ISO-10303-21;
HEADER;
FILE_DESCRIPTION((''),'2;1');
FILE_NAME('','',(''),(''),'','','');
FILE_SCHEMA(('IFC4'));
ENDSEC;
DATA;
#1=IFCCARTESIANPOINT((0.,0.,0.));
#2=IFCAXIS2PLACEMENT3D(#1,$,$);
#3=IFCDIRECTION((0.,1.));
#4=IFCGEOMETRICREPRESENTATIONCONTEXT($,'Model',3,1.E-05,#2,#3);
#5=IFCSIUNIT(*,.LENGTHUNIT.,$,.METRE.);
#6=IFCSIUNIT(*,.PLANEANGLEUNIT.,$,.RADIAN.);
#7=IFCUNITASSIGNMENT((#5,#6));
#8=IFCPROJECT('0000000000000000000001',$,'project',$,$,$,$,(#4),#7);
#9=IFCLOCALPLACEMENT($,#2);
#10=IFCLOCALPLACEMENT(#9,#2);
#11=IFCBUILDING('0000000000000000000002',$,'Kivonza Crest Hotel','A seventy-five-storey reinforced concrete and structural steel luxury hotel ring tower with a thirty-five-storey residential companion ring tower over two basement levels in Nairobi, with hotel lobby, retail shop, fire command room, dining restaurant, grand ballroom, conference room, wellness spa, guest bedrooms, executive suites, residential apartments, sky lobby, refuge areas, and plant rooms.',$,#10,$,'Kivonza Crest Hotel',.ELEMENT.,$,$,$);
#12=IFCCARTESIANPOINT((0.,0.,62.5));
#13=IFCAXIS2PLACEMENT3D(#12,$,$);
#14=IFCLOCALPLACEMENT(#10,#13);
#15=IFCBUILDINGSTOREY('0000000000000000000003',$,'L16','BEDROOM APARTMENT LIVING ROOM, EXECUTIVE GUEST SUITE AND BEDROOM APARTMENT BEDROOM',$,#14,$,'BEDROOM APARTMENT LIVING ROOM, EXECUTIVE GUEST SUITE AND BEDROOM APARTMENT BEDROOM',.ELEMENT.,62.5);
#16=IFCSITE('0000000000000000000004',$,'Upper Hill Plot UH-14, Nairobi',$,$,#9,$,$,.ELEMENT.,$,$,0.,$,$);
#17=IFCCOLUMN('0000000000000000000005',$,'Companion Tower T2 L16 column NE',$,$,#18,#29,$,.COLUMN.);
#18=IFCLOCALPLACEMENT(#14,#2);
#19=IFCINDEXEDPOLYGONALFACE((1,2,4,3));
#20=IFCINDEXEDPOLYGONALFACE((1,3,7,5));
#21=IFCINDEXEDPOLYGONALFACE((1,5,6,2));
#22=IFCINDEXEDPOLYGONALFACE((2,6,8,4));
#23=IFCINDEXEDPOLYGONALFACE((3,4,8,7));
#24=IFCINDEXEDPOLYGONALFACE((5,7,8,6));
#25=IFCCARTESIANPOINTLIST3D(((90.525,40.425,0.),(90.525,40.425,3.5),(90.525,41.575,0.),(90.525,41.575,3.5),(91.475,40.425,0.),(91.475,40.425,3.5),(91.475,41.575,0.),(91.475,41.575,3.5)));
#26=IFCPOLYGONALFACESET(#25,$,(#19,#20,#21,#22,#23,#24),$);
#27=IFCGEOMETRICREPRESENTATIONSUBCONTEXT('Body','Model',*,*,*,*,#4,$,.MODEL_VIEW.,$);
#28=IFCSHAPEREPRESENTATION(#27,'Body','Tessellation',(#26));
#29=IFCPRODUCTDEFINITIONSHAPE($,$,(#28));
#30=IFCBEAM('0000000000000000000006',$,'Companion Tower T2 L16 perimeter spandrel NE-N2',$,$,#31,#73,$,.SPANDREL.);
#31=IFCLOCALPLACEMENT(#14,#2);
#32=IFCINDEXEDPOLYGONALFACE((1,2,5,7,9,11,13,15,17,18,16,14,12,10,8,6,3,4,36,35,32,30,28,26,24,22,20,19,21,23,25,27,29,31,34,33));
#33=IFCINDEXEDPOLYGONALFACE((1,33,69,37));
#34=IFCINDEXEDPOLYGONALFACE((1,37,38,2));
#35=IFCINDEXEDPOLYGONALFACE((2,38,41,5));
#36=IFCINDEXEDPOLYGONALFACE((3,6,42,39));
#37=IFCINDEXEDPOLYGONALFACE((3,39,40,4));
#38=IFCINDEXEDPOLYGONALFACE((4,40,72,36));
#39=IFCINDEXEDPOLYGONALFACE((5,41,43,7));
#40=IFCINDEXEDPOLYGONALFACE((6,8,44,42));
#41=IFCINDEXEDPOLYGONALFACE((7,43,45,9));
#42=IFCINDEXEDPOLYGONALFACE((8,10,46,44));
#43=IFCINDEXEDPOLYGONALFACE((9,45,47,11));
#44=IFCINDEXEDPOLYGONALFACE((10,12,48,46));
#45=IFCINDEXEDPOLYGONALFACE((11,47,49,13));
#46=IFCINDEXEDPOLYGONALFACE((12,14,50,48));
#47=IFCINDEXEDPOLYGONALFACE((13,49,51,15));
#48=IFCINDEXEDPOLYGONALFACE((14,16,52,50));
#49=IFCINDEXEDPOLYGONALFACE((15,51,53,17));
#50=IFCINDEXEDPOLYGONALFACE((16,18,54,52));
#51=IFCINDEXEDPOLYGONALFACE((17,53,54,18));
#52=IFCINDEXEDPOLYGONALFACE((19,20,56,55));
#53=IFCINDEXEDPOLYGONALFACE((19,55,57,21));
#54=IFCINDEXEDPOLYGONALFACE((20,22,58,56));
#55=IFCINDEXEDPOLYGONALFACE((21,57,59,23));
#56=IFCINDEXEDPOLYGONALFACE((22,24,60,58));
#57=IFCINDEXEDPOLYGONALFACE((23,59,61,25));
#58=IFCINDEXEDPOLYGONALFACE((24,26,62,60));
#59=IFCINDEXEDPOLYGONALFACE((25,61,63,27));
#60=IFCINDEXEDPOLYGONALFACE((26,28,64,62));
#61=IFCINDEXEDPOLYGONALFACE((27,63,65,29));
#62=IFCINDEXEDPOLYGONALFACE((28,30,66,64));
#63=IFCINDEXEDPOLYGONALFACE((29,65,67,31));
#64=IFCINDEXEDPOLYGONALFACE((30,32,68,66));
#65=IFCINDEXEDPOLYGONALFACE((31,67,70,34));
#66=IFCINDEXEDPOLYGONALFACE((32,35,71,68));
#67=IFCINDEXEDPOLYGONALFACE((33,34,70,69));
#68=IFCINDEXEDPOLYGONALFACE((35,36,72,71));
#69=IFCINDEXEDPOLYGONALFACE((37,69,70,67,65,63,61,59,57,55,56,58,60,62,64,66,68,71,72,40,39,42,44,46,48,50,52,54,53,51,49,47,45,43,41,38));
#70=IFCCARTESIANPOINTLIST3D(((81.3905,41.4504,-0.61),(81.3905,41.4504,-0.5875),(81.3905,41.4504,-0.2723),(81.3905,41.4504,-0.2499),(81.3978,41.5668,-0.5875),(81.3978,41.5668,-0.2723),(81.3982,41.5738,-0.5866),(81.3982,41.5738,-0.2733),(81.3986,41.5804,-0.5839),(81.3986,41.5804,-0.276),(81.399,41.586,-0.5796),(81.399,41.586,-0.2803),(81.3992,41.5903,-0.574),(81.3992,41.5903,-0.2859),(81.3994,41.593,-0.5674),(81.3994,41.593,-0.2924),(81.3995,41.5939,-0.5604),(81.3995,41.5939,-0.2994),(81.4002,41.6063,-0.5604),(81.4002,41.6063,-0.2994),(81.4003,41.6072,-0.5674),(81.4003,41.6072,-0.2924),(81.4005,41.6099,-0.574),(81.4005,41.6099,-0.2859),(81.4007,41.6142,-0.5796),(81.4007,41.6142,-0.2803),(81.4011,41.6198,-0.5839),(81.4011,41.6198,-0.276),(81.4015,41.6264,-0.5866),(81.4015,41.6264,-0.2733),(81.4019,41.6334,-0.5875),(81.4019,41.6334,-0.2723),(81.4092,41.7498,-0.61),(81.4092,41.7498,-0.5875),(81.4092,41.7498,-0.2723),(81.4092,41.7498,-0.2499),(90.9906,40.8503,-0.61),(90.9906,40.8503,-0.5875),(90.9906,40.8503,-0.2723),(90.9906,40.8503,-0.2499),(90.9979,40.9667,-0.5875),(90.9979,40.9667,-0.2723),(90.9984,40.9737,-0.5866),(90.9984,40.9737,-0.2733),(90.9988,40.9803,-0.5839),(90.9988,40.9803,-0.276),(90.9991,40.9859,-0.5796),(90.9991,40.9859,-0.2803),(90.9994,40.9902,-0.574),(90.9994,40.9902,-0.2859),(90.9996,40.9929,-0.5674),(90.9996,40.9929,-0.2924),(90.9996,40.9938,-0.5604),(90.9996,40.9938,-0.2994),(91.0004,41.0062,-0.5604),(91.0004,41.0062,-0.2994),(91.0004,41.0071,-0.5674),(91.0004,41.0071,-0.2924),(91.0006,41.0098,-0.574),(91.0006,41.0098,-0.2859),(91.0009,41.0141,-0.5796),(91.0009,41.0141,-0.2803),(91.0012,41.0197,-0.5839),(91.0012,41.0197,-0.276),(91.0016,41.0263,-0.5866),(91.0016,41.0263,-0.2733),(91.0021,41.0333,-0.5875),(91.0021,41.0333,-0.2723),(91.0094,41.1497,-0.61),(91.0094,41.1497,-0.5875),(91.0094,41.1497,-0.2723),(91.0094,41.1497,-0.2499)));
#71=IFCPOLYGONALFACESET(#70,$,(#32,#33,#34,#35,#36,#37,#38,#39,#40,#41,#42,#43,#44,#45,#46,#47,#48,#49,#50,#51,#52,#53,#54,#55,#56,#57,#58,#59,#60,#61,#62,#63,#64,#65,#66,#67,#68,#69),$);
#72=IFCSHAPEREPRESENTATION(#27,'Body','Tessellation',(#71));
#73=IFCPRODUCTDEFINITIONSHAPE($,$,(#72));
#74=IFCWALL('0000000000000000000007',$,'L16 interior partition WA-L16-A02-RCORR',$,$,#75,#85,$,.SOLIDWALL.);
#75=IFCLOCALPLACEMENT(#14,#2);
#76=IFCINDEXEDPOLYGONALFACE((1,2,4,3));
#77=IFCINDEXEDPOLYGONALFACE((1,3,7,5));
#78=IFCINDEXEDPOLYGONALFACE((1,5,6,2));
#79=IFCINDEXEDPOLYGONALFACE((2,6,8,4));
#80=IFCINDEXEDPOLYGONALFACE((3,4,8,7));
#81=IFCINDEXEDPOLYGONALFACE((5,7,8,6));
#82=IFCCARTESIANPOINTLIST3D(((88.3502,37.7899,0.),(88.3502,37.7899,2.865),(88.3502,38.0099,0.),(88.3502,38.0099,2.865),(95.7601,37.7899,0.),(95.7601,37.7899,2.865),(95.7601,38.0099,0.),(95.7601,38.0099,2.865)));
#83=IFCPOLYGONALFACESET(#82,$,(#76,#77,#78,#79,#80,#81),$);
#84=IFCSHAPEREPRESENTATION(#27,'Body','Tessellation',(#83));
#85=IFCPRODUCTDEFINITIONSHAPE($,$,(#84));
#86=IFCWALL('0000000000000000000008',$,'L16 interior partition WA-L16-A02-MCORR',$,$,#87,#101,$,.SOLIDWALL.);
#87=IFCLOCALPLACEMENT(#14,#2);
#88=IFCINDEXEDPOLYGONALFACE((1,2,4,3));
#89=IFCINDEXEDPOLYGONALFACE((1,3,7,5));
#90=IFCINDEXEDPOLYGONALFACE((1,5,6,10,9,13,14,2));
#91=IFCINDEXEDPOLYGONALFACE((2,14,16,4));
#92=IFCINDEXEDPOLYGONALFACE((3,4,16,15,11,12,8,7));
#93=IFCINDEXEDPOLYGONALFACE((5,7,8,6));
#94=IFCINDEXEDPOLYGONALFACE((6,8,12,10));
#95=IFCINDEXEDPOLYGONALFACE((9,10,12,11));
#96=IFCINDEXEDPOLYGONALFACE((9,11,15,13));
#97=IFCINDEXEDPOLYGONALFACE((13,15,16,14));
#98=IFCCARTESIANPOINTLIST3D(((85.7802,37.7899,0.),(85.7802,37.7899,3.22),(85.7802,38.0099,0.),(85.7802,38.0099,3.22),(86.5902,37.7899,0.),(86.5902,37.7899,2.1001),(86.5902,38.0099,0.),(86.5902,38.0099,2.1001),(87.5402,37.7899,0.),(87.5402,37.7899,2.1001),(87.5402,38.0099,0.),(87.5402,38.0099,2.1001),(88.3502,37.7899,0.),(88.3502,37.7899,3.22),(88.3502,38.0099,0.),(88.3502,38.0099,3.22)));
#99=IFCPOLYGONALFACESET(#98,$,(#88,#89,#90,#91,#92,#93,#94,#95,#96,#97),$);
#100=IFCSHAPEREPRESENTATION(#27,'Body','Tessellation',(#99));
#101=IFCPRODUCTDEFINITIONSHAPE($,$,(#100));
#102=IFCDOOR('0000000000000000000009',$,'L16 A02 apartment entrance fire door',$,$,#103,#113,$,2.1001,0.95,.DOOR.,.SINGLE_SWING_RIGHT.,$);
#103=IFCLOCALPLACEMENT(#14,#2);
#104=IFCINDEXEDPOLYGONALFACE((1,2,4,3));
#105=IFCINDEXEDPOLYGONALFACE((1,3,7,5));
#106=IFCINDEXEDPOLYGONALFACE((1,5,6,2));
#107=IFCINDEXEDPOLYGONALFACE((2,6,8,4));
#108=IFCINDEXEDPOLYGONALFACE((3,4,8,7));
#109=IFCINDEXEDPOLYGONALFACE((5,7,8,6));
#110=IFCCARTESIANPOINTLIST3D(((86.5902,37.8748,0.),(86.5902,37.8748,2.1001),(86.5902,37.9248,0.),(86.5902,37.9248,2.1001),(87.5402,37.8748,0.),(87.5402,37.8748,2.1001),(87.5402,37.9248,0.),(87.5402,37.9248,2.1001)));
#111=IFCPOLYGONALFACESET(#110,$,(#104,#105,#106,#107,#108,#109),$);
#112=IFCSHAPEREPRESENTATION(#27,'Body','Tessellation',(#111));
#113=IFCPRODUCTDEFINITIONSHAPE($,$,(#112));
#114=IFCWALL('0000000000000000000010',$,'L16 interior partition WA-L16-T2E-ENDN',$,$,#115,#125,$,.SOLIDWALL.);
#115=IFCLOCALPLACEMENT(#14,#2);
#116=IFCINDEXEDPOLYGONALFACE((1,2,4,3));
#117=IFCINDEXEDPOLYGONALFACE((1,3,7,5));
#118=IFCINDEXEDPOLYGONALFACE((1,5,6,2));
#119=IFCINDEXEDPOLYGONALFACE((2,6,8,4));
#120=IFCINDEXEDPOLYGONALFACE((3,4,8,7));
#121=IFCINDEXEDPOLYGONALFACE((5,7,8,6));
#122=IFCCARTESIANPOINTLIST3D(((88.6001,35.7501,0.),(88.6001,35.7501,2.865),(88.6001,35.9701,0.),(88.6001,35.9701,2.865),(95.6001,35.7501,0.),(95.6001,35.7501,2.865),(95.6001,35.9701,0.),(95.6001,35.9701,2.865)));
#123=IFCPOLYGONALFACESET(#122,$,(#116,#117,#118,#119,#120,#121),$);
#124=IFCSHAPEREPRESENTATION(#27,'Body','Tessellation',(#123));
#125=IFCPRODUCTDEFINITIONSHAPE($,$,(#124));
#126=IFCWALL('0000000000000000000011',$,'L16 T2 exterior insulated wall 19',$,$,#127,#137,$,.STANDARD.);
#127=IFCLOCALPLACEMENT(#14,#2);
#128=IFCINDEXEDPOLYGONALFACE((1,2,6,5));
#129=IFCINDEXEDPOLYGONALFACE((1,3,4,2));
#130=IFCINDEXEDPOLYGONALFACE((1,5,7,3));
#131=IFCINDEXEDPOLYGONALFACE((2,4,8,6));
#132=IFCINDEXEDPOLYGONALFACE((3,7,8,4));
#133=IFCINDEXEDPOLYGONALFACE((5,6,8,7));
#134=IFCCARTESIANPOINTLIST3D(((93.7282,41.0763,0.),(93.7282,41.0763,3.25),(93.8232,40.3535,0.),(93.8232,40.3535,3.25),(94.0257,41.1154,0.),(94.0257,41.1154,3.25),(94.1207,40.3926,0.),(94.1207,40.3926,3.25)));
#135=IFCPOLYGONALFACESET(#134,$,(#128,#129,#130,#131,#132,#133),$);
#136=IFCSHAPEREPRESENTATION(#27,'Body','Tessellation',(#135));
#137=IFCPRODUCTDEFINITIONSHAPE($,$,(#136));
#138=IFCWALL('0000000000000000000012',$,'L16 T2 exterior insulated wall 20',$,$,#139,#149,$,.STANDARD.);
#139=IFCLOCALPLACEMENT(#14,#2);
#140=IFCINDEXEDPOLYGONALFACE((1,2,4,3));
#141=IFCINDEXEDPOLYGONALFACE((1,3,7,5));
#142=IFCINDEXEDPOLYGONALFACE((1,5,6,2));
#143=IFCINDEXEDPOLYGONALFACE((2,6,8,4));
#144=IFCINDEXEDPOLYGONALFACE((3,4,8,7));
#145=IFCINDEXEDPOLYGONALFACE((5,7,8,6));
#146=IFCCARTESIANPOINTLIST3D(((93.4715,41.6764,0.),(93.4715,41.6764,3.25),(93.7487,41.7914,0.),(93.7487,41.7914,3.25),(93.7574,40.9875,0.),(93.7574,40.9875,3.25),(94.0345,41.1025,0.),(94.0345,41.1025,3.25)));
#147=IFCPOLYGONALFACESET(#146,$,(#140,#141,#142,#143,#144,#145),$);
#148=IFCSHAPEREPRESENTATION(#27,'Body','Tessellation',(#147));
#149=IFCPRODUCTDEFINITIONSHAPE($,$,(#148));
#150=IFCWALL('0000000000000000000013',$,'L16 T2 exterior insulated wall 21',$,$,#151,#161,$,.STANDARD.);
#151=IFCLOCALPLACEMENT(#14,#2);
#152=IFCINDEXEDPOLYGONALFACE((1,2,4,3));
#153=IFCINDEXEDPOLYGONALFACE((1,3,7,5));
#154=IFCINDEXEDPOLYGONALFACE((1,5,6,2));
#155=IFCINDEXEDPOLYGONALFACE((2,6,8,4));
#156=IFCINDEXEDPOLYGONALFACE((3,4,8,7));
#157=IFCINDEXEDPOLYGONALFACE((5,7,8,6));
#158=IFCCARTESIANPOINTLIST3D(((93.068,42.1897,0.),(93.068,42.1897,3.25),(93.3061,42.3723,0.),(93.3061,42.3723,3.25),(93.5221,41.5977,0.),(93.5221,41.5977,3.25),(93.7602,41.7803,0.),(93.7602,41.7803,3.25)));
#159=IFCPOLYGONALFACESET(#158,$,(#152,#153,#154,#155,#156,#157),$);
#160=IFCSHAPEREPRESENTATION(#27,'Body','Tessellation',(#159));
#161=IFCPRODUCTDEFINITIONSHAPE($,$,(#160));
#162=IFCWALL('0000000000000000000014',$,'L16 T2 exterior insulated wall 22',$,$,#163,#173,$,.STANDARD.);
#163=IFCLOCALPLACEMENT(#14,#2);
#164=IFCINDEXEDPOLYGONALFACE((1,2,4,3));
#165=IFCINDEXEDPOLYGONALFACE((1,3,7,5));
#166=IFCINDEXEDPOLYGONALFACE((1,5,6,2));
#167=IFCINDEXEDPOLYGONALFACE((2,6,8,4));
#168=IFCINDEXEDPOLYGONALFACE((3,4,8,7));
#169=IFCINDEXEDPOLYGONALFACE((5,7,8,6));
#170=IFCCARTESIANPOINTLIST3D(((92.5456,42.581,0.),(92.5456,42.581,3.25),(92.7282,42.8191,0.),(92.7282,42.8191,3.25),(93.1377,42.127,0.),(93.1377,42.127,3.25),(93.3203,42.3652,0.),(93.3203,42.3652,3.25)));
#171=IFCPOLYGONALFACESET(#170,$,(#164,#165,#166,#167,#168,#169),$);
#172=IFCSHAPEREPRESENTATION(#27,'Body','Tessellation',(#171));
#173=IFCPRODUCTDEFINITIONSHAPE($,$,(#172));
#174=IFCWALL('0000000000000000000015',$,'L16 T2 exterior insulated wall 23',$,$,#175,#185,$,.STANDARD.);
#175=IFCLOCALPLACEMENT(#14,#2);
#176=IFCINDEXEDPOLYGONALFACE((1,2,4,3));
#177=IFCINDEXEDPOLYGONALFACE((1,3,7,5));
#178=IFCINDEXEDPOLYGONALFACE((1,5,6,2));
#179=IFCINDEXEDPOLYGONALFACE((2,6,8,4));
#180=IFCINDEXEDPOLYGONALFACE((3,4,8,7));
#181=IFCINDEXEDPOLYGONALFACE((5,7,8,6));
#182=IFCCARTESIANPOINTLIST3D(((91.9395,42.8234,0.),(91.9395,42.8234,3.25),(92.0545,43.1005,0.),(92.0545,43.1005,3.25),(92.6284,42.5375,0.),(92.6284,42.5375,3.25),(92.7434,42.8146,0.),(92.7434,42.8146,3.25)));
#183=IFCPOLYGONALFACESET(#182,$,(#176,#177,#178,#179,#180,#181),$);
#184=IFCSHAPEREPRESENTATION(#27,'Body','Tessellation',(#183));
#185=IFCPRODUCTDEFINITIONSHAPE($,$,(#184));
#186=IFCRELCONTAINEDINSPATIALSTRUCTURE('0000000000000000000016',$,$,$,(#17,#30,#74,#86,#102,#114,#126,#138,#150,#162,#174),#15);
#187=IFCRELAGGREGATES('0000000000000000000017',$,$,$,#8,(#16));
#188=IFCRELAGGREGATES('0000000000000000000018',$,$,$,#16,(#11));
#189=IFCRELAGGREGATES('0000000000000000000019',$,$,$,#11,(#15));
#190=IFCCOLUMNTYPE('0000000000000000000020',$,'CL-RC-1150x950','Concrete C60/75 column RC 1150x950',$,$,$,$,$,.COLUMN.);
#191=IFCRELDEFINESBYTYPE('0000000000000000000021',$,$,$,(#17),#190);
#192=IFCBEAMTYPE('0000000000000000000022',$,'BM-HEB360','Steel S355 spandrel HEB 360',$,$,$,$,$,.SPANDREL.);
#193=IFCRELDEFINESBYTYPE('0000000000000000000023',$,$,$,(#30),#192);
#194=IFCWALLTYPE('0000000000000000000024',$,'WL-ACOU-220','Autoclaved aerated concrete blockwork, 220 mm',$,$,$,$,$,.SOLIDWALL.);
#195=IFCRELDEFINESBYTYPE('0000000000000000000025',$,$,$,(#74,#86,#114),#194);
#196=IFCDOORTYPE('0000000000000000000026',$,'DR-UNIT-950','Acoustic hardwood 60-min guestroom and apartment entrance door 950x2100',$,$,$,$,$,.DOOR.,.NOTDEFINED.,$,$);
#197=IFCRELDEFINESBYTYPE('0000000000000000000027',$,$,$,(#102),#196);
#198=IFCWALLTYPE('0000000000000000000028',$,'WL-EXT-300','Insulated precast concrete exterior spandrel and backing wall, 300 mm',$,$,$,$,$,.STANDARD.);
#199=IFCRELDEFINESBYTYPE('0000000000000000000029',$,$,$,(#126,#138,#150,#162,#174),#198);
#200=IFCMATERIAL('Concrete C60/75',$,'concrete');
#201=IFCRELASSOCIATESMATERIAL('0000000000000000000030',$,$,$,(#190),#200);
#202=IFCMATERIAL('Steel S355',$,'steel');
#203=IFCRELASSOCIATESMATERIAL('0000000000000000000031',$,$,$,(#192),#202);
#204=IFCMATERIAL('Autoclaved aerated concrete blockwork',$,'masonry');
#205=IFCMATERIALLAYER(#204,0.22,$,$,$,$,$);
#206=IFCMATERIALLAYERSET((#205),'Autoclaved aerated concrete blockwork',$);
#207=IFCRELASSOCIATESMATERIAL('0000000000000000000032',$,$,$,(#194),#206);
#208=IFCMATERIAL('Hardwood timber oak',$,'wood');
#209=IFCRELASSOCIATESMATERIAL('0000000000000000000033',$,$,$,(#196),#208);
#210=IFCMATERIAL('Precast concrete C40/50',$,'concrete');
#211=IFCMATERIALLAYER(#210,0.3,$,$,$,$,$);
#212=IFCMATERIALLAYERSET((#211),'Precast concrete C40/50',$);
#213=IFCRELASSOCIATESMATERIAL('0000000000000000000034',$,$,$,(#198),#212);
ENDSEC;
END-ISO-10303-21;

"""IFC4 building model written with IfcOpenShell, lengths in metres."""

from ifc_helpers import new_model, si_unit, direction, frame, frame_2d, origin, origin_2d, place, context, subcontext, project, spatial, rectangle, i_section, extrude, material, layer, layer_set, material_profile, profile_set, type_object, element, fill, save


model = new_model("IFC4")

# Units and contexts
model_context = context("Model", 3, precision=1e-05, world=origin(), true_north=direction((0.0, 1.0)))
body_context = subcontext(model_context, "Body", "Model", "MODEL_VIEW")
ifc_project = project(units=[si_unit("LENGTHUNIT", "METRE"), si_unit("PLANEANGLEUNIT", "RADIAN")], contexts=[model_context])

# Site, building, storey
site_placement = place(None, origin())
site = spatial("IfcSite", under=ifc_project, at=site_placement, Name="Upper Hill Plot UH-14, Nairobi", CompositionType="ELEMENT", RefElevation=0.0)
building_placement = place(site_placement, origin())
building = spatial("IfcBuilding", under=site, at=building_placement, Name="Kivonza Crest Hotel", Description="A seventy-five-storey reinforced concrete and structural steel luxury hotel ring tower with a thirty-five-storey residential companion ring tower over two basement levels in Nairobi, with hotel lobby, retail shop, fire command room, dining restaurant, grand ballroom, conference room, wellness spa, guest bedrooms, executive suites, residential apartments, sky lobby, refuge areas, and plant rooms.", LongName="Kivonza Crest Hotel", CompositionType="ELEMENT")
storey_placement = place(building_placement, frame((0.0, 0.0, 62.5)))
storey = spatial("IfcBuildingStorey", under=building, at=storey_placement, Name="L16", Description="BEDROOM APARTMENT LIVING ROOM, EXECUTIVE GUEST SUITE AND BEDROOM APARTMENT BEDROOM", LongName="BEDROOM APARTMENT LIVING ROOM, EXECUTIVE GUEST SUITE AND BEDROOM APARTMENT BEDROOM", CompositionType="ELEMENT", Elevation=62.5)

# Column
ifc_material_1 = material(Name="Concrete C60/75", Category="concrete")
ifc_material_profile_1 = material_profile(ifc_material_1, rectangle(XDim=0.95, YDim=1.1499, at=origin_2d()), Name="RC 1150x950")
ifc_profile_set_1 = profile_set([ifc_material_profile_1], Name="Concrete C60/75")
column_type = type_object("IfcColumnType", Name="CL-RC-1150x950", Description="Concrete C60/75 column RC 1150x950", PredefinedType="COLUMN", material=ifc_profile_set_1)
column_placement = place(storey_placement, frame((91.0, 41.0, 0.0), z_axis=(0.0, 0.0, 1.0), x_axis=(1.0, 0.0, 0.0)))
element("IfcColumn", 1, at=column_placement, inside=storey, type_object=column_type, Name="Companion Tower T2 L16 column NE", PredefinedType="COLUMN", context=body_context, shape_type="SweptSolid", body=[
    extrude(rectangle(XDim=0.95, YDim=1.1499, at=origin_2d()), origin(), (0.0, 0.0, 1.0), 3.5),
])

# Beam
ifc_material_2 = material(Name="Steel S355", Category="steel")
ifc_material_profile_2 = material_profile(ifc_material_2, i_section(OverallWidth=0.3, OverallDepth=0.3601, WebThickness=0.0125, FlangeThickness=0.0225, FilletRadius=0.0271, at=origin_2d()), Name="HEB 360")
ifc_profile_set_2 = profile_set([ifc_material_profile_2], Name="Steel S355")
beam_type = type_object("IfcBeamType", Name="BM-HEB360", Description="Steel S355 spandrel HEB 360", PredefinedType="SPANDREL", material=ifc_profile_set_2)
beam_placement = place(storey_placement, frame((91.0, 41.0, -0.4299), z_axis=(-0.998052, 0.062388, 0.0), x_axis=(-0.062388, -0.998052, 0.0)))
element("IfcBeam", 2, at=beam_placement, inside=storey, type_object=beam_type, Name="Companion Tower T2 L16 perimeter spandrel NE-N2", PredefinedType="SPANDREL", context=body_context, shape_type="SweptSolid", body=[
    extrude(i_section(OverallWidth=0.3, OverallDepth=0.3601, WebThickness=0.0125, FlangeThickness=0.0225, FilletRadius=0.0271, at=origin_2d()), origin(), (0.0, 0.0, 1.0), 9.6189),
])

# Wall
ifc_material_3 = material(Name="Autoclaved aerated concrete blockwork", Category="masonry")
ifc_layer_1 = layer(ifc_material_3, 0.22)
ifc_layer_set_1 = layer_set([ifc_layer_1], Name="Autoclaved aerated concrete blockwork")
wall_type_1 = type_object("IfcWallType", Name="WL-ACOU-220", Description="Autoclaved aerated concrete blockwork, 220 mm", PredefinedType="SOLIDWALL", material=ifc_layer_set_1)
wall_1_placement = place(storey_placement, frame((88.3501, 37.8999, 0.0), z_axis=(0.0, 0.0, 1.0), x_axis=(1.0, 0.0, 0.0)))
element("IfcWall", 3, at=wall_1_placement, inside=storey, type_object=wall_type_1, Name="L16 interior partition WA-L16-A02-RCORR", PredefinedType="SOLIDWALL", context=body_context, shape_type="SweptSolid", body=[
    extrude(rectangle(XDim=7.4099, YDim=0.22, at=frame_2d((3.7051, 0.0))), origin(), (0.0, 0.0, 1.0), 2.865),
])

# Wall, opening, door
wall_2_placement = place(storey_placement, frame((85.78, 37.8999, 0.0), z_axis=(0.0, 0.0, 1.0), x_axis=(1.0, 0.0, 0.0)))
wall_2 = element("IfcWall", 4, at=wall_2_placement, inside=storey, type_object=wall_type_1, Name="L16 interior partition WA-L16-A02-MCORR", PredefinedType="SOLIDWALL", context=body_context, shape_type="SweptSolid", body=[
    extrude(rectangle(XDim=2.5701, YDim=0.22, at=frame_2d((1.2852, 0.0))), origin(), (0.0, 0.0, 1.0), 3.22),
])
opening_1_placement = place(wall_2_placement, frame((0.8101, 0.0, 0.0)))
opening_1 = element("IfcOpeningElement", 5, at=opening_1_placement, cuts=wall_2, PredefinedType="OPENING", context=body_context, shape_type="SweptSolid", body=[
    extrude(rectangle(XDim=0.95, YDim=2.1001, at=frame_2d((0.4751, 1.05))), frame((0.0, 0.1201, 0.0), z_axis=(0.0, -1.0, 0.0), x_axis=(1.0, 0.0, 0.0)), (0.0, 0.0, 1.0), 0.24),
])
ifc_material_4 = material(Name="Hardwood timber oak", Category="wood")
door_type_1 = type_object("IfcDoorType", Name="DR-UNIT-950", Description="Acoustic hardwood 60-min guestroom and apartment entrance door 950x2100", OperationType="NOTDEFINED", PredefinedType="DOOR", material=ifc_material_4)
door_1_placement = place(opening_1_placement, origin())
door_1 = element("IfcDoor", 6, at=door_1_placement, inside=storey, type_object=door_type_1, Name="L16 A02 apartment entrance fire door", OperationType="SINGLE_SWING_RIGHT", OverallHeight=2.1001, OverallWidth=0.95, PredefinedType="DOOR", context=body_context, shape_type="SweptSolid", body=[
    extrude(rectangle(XDim=0.95, YDim=2.1001, at=frame_2d((0.4751, 1.05))), frame((0.0, 0.0249, 0.0), z_axis=(0.0, -1.0, 0.0), x_axis=(1.0, 0.0, 0.0)), (0.0, 0.0, 1.0), 0.05),
])
fill(opening_1, door_1)

# Walls
wall_3_placement = place(storey_placement, frame((88.6001, 35.8601, 0.0), z_axis=(0.0, 0.0, 1.0), x_axis=(1.0, 0.0, 0.0)))
element("IfcWall", 7, at=wall_3_placement, inside=storey, type_object=wall_type_1, Name="L16 interior partition WA-L16-T2E-ENDN", PredefinedType="SOLIDWALL", context=body_context, shape_type="SweptSolid", body=[
    extrude(rectangle(XDim=7.0, YDim=0.22, at=frame_2d((3.5, 0.0))), origin(), (0.0, 0.0, 1.0), 2.865),
])
ifc_material_5 = material(Name="Precast concrete C40/50", Category="concrete")
ifc_layer_2 = layer(ifc_material_5, 0.3)
ifc_layer_set_2 = layer_set([ifc_layer_2], Name="Precast concrete C40/50")
wall_type_2 = type_object("IfcWallType", Name="WL-EXT-300", Description="Insulated precast concrete exterior spandrel and backing wall, 300 mm", PredefinedType="STANDARD", material=ifc_layer_set_2)
wall_4_placement = place(storey_placement, frame((93.9719, 40.373, 0.0), z_axis=(0.0, 0.0, 1.0), x_axis=(-0.130255, 0.99148, 0.0)))
element("IfcWall", 8, at=wall_4_placement, inside=storey, type_object=wall_type_2, Name="L16 T2 exterior insulated wall 19", PredefinedType="STANDARD", context=body_context, shape_type="SweptSolid", body=[
    extrude(rectangle(XDim=0.729, YDim=0.3, at=frame_2d((0.3645, 0.0))), origin(), (0.0, 0.0, 1.0), 3.25),
])
wall_5_placement = place(storey_placement, frame((93.896, 41.0449, 0.0), z_axis=(0.0, 0.0, 1.0), x_axis=(-0.383267, 0.923638, 0.0)))
element("IfcWall", 9, at=wall_5_placement, inside=storey, type_object=wall_type_2, Name="L16 T2 exterior insulated wall 20", PredefinedType="STANDARD", context=body_context, shape_type="SweptSolid", body=[
    extrude(rectangle(XDim=0.7458, YDim=0.3, at=frame_2d((0.373, 0.0))), origin(), (0.0, 0.0, 1.0), 3.25),
])
for number, where, z_axis, x_axis, name in (
    (10, (93.6411, 41.689, 0.0), (0.0, 0.0, 1.0), (-0.608603, 0.793475, 0.0), "L16 T2 exterior insulated wall 21"),
    (11, (93.229, 42.2461, 0.0), (0.0, 0.0, 1.0), (-0.793633, 0.608397, 0.0), "L16 T2 exterior insulated wall 22"),
):
    element("IfcWall", number, at=place(storey_placement, frame(where, z_axis=z_axis, x_axis=x_axis)), inside=storey, type_object=wall_type_2, Name=name, PredefinedType="STANDARD", context=body_context, shape_type="SweptSolid", body=[
        extrude(rectangle(XDim=0.7461, YDim=0.3, at=frame_2d((0.373, 0.0))), origin(), (0.0, 0.0, 1.0), 3.25),
    ])
wall_6_placement = place(storey_placement, frame((92.686, 42.676, 0.0), z_axis=(0.0, 0.0, 1.0), x_axis=(-0.923638, 0.383267, 0.0)))
element("IfcWall", 12, at=wall_6_placement, inside=storey, type_object=wall_type_2, Name="L16 T2 exterior insulated wall 23", PredefinedType="STANDARD", context=body_context, shape_type="SweptSolid", body=[
    extrude(rectangle(XDim=0.7458, YDim=0.3, at=frame_2d((0.373, 0.0))), origin(), (0.0, 0.0, 1.0), 3.25),
])

save(model, "model.ifc")
